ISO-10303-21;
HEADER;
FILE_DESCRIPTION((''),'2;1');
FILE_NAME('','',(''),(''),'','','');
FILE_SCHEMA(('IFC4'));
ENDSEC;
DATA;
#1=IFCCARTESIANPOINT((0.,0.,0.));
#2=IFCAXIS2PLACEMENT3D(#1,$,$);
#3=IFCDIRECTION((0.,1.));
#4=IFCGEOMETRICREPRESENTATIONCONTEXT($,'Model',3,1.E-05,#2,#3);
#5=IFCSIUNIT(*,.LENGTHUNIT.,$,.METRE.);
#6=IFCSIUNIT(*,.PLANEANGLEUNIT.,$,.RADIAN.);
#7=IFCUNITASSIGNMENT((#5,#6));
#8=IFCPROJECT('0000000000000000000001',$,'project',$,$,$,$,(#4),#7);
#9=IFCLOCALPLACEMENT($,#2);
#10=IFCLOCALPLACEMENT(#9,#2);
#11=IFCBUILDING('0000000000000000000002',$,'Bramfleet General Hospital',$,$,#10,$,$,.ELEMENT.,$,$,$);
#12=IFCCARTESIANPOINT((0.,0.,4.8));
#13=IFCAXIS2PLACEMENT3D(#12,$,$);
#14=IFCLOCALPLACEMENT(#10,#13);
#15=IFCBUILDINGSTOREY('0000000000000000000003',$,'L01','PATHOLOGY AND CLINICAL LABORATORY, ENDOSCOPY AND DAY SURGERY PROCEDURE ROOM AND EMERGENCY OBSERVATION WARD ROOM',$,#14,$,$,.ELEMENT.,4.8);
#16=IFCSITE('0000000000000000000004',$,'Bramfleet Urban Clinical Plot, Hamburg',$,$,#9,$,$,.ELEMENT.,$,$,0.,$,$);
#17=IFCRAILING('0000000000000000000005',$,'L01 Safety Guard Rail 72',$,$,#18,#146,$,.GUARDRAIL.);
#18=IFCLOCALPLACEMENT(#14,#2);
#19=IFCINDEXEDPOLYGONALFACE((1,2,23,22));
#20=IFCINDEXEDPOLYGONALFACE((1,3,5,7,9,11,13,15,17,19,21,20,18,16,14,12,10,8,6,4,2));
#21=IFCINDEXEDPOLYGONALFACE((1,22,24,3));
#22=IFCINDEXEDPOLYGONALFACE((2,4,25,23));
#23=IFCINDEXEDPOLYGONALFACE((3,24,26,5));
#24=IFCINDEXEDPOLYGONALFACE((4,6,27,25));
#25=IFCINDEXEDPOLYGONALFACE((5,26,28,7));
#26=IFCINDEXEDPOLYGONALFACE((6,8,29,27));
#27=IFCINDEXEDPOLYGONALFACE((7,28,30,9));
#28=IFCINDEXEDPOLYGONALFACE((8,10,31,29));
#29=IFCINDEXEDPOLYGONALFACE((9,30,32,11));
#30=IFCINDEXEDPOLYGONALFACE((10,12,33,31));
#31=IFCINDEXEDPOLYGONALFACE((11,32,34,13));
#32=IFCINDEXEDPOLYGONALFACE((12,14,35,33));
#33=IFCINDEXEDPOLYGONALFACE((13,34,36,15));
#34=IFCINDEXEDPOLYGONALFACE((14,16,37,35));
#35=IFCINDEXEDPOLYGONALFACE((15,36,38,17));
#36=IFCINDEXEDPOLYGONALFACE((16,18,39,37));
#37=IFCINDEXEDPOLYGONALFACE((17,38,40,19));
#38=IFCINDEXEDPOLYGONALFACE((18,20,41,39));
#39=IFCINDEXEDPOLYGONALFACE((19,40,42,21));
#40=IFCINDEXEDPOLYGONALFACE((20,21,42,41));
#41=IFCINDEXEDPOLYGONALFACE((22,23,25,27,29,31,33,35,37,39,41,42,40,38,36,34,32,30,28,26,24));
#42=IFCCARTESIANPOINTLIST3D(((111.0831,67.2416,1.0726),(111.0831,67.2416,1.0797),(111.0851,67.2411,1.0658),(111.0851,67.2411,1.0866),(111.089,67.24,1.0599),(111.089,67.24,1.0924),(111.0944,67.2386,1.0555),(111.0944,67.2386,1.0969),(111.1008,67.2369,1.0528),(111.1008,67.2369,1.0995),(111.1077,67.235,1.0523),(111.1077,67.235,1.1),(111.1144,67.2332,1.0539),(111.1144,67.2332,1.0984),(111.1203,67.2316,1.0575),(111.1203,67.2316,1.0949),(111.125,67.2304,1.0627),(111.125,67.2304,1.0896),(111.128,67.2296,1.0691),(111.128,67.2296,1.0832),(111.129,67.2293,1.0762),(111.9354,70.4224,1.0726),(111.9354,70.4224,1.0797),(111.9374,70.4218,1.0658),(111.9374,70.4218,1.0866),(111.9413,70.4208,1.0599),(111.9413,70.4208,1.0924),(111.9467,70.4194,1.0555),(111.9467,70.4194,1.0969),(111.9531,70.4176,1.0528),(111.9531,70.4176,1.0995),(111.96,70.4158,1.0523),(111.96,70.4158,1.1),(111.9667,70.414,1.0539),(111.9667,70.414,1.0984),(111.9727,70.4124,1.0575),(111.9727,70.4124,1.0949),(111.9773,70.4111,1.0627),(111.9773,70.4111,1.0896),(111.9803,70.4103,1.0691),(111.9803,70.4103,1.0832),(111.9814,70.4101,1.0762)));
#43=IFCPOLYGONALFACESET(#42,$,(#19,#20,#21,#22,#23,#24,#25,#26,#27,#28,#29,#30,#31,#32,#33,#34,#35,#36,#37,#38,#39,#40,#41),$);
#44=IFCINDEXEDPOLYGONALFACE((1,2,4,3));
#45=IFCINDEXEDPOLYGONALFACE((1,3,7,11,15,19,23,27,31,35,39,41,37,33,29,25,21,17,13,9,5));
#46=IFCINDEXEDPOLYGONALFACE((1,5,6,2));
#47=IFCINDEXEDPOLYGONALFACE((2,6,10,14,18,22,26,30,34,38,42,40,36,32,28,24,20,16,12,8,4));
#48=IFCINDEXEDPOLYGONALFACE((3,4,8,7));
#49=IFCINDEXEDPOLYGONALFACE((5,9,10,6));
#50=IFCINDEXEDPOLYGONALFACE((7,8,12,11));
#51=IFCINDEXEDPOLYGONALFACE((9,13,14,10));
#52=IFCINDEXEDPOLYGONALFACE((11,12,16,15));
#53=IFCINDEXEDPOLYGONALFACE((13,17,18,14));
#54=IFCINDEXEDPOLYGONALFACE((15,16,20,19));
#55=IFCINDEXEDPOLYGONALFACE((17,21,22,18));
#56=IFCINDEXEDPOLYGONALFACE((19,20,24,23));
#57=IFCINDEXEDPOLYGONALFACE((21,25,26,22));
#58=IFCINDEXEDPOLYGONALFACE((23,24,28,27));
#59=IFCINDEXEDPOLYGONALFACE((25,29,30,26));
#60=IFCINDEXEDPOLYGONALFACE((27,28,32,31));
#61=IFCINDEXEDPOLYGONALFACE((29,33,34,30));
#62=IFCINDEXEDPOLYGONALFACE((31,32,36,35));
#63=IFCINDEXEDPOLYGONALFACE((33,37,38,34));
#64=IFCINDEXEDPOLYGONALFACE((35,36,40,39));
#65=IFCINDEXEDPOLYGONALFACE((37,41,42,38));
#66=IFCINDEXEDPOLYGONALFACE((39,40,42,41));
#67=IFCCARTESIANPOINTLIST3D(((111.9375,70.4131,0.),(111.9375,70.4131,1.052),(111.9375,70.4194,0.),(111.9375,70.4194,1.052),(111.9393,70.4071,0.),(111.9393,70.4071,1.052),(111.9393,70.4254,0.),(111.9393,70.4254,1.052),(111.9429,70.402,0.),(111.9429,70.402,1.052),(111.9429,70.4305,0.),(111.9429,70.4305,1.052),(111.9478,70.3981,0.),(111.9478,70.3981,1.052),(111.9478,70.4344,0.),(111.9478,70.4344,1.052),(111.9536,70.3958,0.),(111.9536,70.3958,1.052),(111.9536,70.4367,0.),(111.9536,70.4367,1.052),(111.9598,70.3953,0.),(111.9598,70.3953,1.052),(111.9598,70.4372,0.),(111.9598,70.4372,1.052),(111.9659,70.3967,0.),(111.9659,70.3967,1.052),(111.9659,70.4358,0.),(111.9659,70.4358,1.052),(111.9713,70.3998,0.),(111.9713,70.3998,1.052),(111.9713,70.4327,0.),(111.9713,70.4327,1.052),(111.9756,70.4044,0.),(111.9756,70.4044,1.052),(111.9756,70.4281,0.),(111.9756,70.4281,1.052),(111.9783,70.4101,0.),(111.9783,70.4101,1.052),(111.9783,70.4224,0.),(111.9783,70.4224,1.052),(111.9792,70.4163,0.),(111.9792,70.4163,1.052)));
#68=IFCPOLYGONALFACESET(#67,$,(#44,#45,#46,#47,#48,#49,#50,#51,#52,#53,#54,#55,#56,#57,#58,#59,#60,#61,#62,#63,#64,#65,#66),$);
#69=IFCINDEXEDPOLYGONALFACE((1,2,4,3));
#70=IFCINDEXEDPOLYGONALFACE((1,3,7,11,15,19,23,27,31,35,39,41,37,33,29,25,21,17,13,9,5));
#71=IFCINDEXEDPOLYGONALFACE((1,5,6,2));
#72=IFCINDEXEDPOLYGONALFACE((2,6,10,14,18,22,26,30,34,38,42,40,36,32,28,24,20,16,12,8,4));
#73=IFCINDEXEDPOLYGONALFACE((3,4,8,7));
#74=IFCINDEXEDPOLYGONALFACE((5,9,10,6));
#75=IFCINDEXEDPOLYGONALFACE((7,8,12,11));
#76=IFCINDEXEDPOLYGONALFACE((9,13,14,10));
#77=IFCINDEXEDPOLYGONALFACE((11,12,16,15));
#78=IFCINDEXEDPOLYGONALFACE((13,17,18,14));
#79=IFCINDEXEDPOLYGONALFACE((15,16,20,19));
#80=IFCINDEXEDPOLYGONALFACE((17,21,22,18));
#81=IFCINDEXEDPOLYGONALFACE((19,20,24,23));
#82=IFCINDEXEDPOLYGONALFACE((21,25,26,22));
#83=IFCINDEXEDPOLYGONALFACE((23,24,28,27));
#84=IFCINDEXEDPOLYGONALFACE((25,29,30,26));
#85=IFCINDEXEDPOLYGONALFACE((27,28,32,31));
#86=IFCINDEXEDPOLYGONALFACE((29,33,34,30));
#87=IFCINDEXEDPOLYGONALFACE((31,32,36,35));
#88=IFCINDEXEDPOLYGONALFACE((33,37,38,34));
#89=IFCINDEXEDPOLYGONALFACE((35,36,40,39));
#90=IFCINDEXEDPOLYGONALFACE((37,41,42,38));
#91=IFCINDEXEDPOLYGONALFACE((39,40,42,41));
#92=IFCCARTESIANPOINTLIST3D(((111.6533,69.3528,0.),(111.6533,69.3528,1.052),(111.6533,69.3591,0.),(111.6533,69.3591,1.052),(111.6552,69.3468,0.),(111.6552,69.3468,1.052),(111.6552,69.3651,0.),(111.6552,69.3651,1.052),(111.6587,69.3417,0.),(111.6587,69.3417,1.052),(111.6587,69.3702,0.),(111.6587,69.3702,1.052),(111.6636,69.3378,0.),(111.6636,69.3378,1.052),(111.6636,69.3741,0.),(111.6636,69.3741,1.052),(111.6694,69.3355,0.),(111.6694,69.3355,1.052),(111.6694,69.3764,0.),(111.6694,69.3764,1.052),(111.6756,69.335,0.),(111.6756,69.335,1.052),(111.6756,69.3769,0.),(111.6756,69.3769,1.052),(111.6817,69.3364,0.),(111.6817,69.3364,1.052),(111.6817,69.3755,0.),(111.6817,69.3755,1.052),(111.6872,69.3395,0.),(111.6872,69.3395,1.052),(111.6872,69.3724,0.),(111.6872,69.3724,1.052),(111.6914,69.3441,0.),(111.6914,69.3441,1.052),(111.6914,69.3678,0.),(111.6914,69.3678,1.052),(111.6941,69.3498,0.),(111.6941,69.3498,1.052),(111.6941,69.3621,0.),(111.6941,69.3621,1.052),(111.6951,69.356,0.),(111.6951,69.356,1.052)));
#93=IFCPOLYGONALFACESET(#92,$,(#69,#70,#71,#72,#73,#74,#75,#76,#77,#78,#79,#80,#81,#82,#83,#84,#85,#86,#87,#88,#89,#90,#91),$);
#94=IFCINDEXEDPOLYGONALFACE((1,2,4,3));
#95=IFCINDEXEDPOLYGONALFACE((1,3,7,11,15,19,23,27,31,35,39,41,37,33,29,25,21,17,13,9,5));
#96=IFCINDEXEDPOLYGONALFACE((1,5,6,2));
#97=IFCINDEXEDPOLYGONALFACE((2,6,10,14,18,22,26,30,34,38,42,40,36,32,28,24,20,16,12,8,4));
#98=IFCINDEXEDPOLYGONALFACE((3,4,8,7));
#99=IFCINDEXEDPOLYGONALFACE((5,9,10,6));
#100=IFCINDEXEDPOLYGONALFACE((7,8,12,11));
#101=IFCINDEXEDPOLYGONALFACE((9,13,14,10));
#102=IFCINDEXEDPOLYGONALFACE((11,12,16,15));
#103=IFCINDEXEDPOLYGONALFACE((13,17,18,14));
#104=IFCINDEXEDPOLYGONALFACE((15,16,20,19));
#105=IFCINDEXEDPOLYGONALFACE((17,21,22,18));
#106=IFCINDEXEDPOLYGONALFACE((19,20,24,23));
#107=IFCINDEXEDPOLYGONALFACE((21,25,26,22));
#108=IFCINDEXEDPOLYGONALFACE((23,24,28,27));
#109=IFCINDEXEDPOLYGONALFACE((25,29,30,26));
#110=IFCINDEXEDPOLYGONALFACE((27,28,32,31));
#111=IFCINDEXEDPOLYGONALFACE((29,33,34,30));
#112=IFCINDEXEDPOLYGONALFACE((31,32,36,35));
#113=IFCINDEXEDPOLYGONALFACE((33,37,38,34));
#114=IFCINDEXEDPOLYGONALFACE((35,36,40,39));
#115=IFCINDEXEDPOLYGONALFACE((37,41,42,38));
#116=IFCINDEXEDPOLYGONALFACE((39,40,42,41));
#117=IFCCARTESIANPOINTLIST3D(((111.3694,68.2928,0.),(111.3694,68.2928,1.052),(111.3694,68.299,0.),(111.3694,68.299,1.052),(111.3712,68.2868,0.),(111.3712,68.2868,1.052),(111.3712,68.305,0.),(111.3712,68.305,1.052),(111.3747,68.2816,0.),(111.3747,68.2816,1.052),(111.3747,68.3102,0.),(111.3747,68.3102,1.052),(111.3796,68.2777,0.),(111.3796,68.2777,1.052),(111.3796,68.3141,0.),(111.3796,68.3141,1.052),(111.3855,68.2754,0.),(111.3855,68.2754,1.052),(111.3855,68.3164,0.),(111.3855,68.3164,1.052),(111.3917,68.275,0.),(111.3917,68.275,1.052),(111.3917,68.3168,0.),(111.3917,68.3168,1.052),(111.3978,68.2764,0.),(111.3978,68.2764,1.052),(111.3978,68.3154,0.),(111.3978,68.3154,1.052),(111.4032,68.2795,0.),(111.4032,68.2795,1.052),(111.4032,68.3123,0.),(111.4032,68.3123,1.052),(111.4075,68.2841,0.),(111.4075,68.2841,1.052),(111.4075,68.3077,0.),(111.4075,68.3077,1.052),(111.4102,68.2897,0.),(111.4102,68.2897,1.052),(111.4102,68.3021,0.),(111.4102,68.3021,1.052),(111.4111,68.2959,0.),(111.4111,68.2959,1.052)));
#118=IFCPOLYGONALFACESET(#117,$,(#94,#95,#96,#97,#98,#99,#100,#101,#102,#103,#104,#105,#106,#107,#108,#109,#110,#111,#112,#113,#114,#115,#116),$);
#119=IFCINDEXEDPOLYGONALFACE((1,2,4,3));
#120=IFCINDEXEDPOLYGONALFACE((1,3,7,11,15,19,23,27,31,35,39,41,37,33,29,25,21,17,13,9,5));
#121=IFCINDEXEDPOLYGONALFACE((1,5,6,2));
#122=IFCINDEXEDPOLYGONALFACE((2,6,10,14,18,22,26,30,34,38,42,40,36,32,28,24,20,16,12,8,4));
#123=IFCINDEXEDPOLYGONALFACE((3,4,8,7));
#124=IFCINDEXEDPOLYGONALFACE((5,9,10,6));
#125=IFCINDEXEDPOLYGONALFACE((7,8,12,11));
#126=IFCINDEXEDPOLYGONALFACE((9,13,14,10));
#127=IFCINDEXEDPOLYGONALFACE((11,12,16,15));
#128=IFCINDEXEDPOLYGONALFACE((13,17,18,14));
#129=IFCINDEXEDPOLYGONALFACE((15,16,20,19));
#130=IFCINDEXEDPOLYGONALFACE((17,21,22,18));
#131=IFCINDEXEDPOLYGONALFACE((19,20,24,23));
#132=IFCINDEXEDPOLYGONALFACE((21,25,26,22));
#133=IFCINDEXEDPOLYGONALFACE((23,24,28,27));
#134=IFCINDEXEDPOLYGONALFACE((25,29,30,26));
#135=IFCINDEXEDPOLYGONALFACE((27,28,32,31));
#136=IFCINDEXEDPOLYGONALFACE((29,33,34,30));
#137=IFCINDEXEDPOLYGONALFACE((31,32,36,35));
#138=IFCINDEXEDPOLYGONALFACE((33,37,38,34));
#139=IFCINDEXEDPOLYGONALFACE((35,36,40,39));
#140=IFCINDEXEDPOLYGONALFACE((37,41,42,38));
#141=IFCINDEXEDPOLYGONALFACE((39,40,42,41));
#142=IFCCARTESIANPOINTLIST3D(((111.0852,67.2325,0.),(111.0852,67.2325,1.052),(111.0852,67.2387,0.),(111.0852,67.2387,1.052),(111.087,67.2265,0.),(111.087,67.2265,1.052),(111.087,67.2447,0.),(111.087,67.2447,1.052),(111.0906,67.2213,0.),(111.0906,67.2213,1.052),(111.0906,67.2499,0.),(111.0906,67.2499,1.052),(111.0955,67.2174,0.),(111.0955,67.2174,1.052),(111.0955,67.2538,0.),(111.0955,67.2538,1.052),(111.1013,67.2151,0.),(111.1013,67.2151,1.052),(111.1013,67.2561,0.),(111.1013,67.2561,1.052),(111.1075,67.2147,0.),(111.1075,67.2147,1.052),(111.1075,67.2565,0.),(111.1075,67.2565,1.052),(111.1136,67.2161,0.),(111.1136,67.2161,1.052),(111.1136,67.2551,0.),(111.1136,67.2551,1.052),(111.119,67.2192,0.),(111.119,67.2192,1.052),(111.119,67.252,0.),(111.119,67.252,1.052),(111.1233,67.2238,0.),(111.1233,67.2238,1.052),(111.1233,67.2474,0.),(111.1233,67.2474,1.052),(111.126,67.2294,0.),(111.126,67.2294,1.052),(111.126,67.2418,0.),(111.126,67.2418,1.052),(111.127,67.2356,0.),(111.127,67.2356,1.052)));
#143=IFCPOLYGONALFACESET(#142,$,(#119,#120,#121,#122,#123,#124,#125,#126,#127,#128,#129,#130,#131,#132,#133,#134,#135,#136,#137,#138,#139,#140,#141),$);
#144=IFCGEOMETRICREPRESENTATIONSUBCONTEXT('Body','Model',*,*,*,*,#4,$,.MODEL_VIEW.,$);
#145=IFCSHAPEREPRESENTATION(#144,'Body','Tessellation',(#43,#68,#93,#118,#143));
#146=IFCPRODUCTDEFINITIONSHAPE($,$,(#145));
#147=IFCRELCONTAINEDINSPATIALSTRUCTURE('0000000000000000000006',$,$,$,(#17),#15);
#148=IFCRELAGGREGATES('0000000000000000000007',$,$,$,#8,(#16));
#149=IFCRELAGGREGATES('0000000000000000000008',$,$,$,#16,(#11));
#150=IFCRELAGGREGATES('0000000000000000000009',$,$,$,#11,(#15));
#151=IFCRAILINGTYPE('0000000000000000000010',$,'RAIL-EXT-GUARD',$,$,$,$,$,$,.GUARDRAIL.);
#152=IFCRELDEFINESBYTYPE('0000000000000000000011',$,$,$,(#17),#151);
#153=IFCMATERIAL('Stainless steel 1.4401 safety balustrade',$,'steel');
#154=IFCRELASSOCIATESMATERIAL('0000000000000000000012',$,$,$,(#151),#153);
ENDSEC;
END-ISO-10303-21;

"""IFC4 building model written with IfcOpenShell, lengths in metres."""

from ifc_helpers import new_model, si_unit, direction, frame, origin, origin_2d, place, context, subcontext, project, spatial, circle, extrude, material, type_object, element, save


model = new_model("IFC4")

# Units and contexts
model_context = context("Model", 3, precision=1e-05, world=origin(), true_north=direction((0.0, 1.0)))
body_context = subcontext(model_context, "Body", "Model", "MODEL_VIEW")
ifc_project = project(units=[si_unit("LENGTHUNIT", "METRE"), si_unit("PLANEANGLEUNIT", "RADIAN")], contexts=[model_context])

# Site, building, storey
site_placement = place(None, origin())
site = spatial("IfcSite", under=ifc_project, at=site_placement, Name="Bramfleet Urban Clinical Plot, Hamburg", CompositionType="ELEMENT", RefElevation=0.0)
building_placement = place(site_placement, origin())
building = spatial("IfcBuilding", under=site, at=building_placement, Name="Bramfleet General Hospital", CompositionType="ELEMENT")
storey_placement = place(building_placement, frame((0.0, 0.0, 4.8)))
storey = spatial("IfcBuildingStorey", under=building, at=storey_placement, Name="L01", Description="PATHOLOGY AND CLINICAL LABORATORY, ENDOSCOPY AND DAY SURGERY PROCEDURE ROOM AND EMERGENCY OBSERVATION WARD ROOM", CompositionType="ELEMENT", Elevation=4.8)

# Railing
ifc_material_1 = material(Name="Stainless steel 1.4401 safety balustrade", Category="steel")
railing_type = type_object("IfcRailingType", Name="RAIL-EXT-GUARD", PredefinedType="GUARDRAIL", material=ifc_material_1)
railing_1_placement = place(storey_placement, frame((111.9583, 70.4163, 0.0)))
element("IfcRailing", 1, at=railing_1_placement, inside=storey, type_object=railing_type, Name="L01 Safety Guard Rail 72", PredefinedType="GUARDRAIL", context=body_context, shape_type="SweptSolid", body=[
    extrude(circle(Radius=0.0239, at=origin_2d()), frame((0.0, 0.0, 1.0762), z_axis=(-0.25883, -0.965923, 0.0), x_axis=(0.965923, -0.25883, 0.0)), (0.0, 0.0, 1.0), 3.293),
    extrude(circle(Radius=0.021, at=origin_2d()), origin(), (0.0, 0.0, 1.0), 1.052),
    extrude(circle(Radius=0.021, at=origin_2d()), frame((-0.2842, -1.0603, 0.0)), (0.0, 0.0, 1.0), 1.052),
    extrude(circle(Radius=0.021, at=origin_2d()), frame((-0.5681, -2.1204, 0.0)), (0.0, 0.0, 1.0), 1.052),
    extrude(circle(Radius=0.021, at=origin_2d()), frame((-0.8523, -3.1807, 0.0)), (0.0, 0.0, 1.0), 1.052),
])

save(model, "model.ifc")
